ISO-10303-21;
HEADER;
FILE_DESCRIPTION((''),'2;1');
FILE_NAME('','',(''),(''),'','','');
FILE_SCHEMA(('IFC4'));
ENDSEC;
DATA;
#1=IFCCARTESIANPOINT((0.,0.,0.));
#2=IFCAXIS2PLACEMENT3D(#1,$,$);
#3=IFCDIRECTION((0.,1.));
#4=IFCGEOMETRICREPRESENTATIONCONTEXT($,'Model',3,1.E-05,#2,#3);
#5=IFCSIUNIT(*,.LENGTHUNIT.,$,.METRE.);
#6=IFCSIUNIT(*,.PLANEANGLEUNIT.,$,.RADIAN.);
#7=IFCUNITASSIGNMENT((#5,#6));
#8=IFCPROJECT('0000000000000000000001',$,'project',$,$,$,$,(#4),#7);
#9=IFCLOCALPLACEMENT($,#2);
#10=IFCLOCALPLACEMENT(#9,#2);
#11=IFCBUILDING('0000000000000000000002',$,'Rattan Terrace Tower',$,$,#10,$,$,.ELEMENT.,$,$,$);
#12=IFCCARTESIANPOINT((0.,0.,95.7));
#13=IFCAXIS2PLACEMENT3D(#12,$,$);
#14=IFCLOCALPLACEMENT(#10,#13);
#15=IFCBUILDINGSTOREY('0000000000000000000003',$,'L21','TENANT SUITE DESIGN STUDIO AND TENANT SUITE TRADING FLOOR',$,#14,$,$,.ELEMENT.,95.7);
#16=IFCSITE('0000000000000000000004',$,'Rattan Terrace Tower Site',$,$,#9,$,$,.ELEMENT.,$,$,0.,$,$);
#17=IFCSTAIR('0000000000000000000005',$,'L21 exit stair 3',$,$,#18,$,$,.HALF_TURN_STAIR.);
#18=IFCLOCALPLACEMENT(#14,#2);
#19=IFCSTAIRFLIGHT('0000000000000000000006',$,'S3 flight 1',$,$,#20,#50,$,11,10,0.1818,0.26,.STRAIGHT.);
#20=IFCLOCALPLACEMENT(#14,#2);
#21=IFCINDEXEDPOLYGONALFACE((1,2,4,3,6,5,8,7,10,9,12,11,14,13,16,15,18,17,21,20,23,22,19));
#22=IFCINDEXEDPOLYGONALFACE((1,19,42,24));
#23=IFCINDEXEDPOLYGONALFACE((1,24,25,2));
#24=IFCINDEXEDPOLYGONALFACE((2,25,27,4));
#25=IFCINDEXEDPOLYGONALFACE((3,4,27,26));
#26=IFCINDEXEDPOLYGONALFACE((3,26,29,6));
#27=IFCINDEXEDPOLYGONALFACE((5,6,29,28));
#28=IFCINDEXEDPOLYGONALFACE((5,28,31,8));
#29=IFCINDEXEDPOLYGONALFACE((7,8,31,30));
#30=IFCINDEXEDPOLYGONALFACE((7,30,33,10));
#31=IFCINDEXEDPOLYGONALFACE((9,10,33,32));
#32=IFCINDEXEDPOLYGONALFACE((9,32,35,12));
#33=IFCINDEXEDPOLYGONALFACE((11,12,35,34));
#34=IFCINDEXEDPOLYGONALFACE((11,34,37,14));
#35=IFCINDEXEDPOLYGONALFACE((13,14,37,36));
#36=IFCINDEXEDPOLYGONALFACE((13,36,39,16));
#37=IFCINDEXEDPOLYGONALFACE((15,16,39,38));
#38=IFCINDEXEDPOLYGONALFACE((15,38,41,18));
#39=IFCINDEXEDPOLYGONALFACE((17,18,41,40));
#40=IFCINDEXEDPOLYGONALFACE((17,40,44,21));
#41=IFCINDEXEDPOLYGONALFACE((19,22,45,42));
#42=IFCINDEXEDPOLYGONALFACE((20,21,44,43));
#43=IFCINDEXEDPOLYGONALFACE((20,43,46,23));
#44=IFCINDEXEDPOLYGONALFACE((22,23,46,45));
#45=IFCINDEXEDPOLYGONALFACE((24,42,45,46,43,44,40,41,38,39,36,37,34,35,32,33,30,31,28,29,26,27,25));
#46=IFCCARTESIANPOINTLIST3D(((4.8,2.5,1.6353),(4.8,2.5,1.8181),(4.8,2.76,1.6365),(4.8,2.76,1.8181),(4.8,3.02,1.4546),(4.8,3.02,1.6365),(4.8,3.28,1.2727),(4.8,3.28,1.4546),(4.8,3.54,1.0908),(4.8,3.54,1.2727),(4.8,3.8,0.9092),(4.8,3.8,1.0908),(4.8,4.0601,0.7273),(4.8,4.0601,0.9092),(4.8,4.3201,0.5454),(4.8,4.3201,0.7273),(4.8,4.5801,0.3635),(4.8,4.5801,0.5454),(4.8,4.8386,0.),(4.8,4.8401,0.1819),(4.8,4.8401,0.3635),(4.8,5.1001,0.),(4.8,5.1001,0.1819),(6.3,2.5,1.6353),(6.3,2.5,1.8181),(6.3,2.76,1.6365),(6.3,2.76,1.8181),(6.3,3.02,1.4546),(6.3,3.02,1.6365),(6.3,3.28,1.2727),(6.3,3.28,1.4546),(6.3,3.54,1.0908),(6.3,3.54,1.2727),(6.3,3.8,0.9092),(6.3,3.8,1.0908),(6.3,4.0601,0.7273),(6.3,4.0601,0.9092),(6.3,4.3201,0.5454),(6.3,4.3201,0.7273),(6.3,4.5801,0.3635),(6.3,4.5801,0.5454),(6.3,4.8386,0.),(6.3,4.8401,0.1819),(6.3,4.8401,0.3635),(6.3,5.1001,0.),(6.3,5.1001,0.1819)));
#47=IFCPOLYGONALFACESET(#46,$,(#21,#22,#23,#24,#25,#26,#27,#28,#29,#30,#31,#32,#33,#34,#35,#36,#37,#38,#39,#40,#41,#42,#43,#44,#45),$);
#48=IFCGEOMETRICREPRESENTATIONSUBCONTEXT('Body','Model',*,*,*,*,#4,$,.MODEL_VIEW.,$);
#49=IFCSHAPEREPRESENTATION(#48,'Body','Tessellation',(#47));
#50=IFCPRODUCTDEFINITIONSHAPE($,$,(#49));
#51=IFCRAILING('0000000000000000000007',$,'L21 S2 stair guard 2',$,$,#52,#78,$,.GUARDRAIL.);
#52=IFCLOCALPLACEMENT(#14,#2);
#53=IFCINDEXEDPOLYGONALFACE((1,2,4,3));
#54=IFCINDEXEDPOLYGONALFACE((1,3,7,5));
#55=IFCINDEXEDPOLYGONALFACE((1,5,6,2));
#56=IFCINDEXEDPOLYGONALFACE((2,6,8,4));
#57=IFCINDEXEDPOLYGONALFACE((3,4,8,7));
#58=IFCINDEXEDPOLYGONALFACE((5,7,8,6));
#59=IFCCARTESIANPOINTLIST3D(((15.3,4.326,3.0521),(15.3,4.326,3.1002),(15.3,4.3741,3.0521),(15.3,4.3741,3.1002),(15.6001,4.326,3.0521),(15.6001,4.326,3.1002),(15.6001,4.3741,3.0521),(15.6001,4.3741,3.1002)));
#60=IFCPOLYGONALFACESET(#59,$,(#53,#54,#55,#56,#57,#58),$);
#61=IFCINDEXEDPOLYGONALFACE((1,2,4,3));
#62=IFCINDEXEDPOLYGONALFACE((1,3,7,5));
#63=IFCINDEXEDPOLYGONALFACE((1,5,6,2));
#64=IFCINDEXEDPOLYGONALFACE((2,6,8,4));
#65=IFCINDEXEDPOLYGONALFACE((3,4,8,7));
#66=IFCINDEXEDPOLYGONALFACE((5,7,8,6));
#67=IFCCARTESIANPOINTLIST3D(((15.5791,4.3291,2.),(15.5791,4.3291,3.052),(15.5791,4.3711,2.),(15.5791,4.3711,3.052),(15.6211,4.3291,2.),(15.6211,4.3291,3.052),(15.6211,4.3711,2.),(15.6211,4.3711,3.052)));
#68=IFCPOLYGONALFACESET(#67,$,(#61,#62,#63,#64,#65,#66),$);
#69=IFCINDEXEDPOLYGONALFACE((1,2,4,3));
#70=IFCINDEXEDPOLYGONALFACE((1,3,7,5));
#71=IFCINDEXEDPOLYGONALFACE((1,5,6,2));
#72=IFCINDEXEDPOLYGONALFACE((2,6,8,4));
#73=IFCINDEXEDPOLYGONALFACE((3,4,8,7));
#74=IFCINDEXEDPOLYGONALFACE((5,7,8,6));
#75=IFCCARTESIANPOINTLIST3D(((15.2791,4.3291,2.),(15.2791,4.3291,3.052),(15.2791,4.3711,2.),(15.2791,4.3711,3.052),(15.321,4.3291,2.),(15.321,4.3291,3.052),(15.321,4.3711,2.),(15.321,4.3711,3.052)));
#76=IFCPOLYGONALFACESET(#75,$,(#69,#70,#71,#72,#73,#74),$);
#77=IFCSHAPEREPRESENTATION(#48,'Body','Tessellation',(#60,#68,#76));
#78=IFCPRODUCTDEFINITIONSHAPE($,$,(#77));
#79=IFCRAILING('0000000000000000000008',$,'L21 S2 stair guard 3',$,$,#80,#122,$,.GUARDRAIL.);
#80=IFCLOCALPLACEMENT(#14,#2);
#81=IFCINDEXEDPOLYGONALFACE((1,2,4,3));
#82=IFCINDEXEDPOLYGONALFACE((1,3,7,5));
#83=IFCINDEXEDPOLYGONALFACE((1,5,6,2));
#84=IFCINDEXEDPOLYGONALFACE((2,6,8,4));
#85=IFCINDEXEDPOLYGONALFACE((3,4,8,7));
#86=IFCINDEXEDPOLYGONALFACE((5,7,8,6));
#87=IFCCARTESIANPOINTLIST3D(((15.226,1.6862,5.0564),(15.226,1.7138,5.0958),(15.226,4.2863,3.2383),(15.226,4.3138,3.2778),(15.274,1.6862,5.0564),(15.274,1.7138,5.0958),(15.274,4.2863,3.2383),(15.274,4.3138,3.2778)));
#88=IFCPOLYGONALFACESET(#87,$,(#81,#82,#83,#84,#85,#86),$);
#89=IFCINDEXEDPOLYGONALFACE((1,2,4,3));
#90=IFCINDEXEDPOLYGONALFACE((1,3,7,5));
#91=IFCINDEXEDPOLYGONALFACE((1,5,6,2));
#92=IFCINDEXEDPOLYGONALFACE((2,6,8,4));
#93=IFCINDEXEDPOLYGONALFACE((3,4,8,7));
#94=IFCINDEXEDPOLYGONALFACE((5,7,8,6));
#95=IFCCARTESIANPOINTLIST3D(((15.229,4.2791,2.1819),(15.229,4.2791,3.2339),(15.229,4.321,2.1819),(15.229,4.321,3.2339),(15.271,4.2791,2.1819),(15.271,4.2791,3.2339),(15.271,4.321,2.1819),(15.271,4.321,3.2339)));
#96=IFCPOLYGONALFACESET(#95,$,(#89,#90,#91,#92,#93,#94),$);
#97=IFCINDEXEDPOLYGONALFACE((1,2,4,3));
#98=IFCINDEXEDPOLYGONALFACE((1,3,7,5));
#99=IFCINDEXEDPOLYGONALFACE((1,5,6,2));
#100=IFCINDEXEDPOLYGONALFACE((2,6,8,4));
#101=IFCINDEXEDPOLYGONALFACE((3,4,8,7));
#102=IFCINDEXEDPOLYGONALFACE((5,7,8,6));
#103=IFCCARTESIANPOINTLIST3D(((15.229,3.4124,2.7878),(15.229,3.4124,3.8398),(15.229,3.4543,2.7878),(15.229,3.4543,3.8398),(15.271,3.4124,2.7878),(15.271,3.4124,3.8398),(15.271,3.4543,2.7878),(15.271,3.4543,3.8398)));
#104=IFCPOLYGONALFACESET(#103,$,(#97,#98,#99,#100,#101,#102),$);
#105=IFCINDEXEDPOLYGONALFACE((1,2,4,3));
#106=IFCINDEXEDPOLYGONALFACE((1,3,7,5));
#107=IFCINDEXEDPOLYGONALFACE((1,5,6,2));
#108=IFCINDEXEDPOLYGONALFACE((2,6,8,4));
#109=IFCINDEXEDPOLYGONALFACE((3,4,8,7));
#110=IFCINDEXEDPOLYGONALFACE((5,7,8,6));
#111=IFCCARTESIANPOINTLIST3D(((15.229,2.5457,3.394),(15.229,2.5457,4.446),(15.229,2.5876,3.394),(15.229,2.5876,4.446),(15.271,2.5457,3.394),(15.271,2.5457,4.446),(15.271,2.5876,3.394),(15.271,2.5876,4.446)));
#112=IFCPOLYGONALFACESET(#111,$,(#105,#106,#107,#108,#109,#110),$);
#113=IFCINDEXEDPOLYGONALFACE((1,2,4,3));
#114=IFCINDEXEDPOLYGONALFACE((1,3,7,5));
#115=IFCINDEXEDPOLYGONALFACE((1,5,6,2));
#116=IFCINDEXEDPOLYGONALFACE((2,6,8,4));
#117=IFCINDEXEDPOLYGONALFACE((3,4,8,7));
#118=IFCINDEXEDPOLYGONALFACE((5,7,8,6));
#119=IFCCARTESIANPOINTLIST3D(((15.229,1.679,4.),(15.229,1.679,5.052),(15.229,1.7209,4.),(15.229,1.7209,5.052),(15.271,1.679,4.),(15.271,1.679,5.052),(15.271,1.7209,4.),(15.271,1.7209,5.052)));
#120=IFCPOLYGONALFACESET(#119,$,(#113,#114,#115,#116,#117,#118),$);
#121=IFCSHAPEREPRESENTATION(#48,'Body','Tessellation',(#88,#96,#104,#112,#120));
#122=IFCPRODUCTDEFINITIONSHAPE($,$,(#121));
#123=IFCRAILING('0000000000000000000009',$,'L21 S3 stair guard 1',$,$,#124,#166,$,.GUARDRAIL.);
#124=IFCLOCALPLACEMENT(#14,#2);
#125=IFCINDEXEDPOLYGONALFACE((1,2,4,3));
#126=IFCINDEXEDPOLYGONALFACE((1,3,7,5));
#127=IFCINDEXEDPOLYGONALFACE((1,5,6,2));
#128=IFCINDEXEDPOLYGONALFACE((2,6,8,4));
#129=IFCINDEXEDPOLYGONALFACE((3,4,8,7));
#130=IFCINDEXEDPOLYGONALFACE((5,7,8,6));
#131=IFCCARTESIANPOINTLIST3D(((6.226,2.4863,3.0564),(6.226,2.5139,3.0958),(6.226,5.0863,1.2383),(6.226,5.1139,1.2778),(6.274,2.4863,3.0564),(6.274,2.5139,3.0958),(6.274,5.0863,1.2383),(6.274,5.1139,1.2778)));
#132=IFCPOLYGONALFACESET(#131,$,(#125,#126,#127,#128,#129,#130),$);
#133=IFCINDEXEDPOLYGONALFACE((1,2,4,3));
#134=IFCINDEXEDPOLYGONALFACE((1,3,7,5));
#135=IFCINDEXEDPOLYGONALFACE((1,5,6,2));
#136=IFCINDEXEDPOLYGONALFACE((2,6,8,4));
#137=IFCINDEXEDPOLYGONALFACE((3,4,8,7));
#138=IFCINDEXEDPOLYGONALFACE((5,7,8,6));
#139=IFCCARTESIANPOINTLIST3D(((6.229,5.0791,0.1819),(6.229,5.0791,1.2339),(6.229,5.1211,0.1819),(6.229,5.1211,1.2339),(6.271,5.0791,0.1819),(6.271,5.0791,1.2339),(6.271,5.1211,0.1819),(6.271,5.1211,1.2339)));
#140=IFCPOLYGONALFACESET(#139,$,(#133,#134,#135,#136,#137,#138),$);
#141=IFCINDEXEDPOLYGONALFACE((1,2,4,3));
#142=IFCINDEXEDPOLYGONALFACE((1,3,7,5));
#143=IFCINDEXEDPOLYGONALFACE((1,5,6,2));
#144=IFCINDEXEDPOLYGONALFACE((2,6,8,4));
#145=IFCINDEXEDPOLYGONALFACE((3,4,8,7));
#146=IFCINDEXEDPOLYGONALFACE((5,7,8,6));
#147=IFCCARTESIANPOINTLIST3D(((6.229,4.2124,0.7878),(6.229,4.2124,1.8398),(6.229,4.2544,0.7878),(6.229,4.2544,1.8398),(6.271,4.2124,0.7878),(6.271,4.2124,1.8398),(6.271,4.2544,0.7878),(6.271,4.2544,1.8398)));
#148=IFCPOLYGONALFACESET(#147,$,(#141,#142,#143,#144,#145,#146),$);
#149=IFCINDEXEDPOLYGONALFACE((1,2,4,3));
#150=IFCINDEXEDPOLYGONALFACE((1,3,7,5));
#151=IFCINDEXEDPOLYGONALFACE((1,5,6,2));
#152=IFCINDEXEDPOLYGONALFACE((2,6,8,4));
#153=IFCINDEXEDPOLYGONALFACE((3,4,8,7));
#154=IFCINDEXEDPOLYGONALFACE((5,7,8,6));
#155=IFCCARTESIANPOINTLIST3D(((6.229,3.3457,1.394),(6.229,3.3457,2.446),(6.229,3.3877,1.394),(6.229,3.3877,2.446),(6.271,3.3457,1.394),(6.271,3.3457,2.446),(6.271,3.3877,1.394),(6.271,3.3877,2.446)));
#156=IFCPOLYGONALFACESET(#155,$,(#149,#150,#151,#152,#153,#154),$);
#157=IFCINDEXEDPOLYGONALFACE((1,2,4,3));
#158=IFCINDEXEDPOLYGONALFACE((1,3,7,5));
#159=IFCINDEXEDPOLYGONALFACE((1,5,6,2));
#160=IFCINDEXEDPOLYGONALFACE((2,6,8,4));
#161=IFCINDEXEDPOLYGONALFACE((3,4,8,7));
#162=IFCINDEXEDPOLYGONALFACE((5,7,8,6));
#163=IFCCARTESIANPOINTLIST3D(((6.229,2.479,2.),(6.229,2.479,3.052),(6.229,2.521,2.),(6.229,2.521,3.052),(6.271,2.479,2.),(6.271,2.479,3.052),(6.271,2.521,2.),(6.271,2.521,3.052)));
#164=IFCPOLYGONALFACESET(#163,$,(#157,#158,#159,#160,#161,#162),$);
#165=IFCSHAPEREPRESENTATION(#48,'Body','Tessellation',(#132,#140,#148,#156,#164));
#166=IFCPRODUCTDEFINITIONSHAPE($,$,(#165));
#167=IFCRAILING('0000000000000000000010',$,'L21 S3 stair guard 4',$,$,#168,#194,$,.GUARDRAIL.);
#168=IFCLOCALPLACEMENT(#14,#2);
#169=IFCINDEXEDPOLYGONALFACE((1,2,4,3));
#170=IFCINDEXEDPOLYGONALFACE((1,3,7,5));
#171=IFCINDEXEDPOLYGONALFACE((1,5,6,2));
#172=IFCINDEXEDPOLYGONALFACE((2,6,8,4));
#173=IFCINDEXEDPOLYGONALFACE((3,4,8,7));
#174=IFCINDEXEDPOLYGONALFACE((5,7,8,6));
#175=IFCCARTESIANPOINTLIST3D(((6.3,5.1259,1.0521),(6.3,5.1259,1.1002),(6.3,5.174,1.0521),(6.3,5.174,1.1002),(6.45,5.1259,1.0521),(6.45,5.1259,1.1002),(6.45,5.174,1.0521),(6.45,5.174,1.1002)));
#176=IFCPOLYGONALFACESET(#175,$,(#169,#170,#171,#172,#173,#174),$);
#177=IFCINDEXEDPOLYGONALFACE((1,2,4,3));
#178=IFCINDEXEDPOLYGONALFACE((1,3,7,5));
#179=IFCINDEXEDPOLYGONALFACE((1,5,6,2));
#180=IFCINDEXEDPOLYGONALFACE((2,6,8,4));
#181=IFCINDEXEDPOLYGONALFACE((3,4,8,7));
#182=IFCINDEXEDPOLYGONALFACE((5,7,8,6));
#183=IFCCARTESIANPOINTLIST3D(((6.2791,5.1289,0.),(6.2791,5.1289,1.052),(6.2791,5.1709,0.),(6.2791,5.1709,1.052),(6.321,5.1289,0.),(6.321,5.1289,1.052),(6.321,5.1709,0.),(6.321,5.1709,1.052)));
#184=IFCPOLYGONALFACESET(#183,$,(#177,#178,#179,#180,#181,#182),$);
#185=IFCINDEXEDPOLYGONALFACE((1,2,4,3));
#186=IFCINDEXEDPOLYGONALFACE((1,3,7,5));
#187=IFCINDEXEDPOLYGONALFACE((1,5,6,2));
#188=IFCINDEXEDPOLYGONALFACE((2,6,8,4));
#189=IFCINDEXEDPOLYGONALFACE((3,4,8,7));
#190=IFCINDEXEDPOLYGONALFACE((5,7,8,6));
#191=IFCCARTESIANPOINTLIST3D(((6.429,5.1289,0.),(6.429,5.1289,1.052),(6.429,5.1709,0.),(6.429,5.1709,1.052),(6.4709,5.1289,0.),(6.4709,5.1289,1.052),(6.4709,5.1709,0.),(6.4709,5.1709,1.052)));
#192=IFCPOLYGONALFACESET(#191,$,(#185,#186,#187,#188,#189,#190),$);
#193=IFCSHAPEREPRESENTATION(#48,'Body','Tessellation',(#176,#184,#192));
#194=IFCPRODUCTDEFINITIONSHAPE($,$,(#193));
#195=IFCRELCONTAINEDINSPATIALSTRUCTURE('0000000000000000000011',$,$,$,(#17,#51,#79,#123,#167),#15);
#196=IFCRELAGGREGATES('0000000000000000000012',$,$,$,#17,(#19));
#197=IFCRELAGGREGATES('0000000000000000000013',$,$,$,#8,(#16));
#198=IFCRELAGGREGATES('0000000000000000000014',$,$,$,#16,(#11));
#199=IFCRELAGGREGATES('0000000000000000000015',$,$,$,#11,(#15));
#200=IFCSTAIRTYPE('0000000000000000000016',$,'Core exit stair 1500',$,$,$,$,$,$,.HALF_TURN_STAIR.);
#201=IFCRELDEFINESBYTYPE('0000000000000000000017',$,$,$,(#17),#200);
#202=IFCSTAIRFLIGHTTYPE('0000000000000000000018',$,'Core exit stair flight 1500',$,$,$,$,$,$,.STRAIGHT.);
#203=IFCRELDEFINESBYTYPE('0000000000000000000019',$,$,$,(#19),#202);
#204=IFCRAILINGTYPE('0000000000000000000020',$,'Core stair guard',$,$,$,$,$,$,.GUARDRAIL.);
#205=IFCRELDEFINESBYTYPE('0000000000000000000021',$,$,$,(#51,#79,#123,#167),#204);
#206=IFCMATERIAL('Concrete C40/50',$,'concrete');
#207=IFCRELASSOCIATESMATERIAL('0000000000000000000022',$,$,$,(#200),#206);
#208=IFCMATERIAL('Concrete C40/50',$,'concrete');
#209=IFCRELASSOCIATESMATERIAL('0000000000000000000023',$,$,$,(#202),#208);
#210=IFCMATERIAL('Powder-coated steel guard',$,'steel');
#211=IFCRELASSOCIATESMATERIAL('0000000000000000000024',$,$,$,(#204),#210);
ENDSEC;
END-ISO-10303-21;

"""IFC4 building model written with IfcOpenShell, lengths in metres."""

from ifc_helpers import new_model, si_unit, direction, frame, origin, origin_2d, place, context, subcontext, project, spatial, polyline, rectangle, outline, extrude, material, type_object, element, aggregate, save


model = new_model("IFC4")

# Units and contexts
model_context = context("Model", 3, precision=1e-05, world=origin(), true_north=direction((0.0, 1.0)))
body_context = subcontext(model_context, "Body", "Model", "MODEL_VIEW")
ifc_project = project(units=[si_unit("LENGTHUNIT", "METRE"), si_unit("PLANEANGLEUNIT", "RADIAN")], contexts=[model_context])

# Site, building, storey
site_placement = place(None, origin())
site = spatial("IfcSite", under=ifc_project, at=site_placement, Name="Rattan Terrace Tower Site", CompositionType="ELEMENT", RefElevation=0.0)
building_placement = place(site_placement, origin())
building = spatial("IfcBuilding", under=site, at=building_placement, Name="Rattan Terrace Tower", CompositionType="ELEMENT")
storey_placement = place(building_placement, frame((0.0, 0.0, 95.7)))
storey = spatial("IfcBuildingStorey", under=building, at=storey_placement, Name="L21", Description="TENANT SUITE DESIGN STUDIO AND TENANT SUITE TRADING FLOOR", CompositionType="ELEMENT", Elevation=95.7)

# Stair, stair flight
ifc_material_1 = material(Name="Concrete C40/50", Category="concrete")
stair_type = type_object("IfcStairType", Name="Core exit stair 1500", PredefinedType="HALF_TURN_STAIR", material=ifc_material_1)
stair_placement = place(storey_placement, origin())
stair = element("IfcStair", 1, at=stair_placement, inside=storey, type_object=stair_type, Name="L21 exit stair 3", PredefinedType="HALF_TURN_STAIR")
ifc_material_2 = material(Name="Concrete C40/50", Category="concrete")
stair_flight_type = type_object("IfcStairFlightType", Name="Core exit stair flight 1500", PredefinedType="STRAIGHT", material=ifc_material_2)
stair_flight_placement = place(storey_placement, frame((5.55, 5.1001, 0.0), z_axis=(0.0, 0.0, 1.0), x_axis=(0.0, -1.0, 0.0)))
stair_flight = element("IfcStairFlight", 2, at=stair_flight_placement, type_object=stair_flight_type, Name="S3 flight 1", NumberOfRisers=11, NumberOfTreads=10, PredefinedType="STRAIGHT", RiserHeight=0.1818, TreadLength=0.26, context=body_context, shape_type="SweptSolid", body=[
    extrude(outline(polyline([(0.0, 0.0), (0.0, 0.1819), (0.26, 0.1819), (0.26, 0.3635), (0.52, 0.3635), (0.52, 0.5454), (0.78, 0.5454), (0.78, 0.7273), (1.04, 0.7273), (1.04, 0.9092), (1.3, 0.9092), (1.3, 1.0908), (1.5601, 1.0908), (1.5601, 1.2727), (1.8201, 1.2727), (1.8201, 1.4546), (2.0801, 1.4546), (2.0801, 1.6365), (2.3401, 1.6365), (2.3401, 1.8181), (2.6001, 1.8181), (2.6001, 2.0), (2.6001, 1.6353), (0.2615, 0.0), (0.0, 0.0)])), frame((0.0, 0.75, 0.0), z_axis=(0.0, -1.0, 0.0), x_axis=(1.0, 0.0, 0.0)), (0.0, 0.0, 1.0), 1.5),
])
aggregate(stair, [stair_flight])

# Railings
ifc_material_3 = material(Name="Powder-coated steel guard", Category="steel")
railing_type_1 = type_object("IfcRailingType", Name="Core stair guard", PredefinedType="GUARDRAIL", material=ifc_material_3)
railing_1_placement = place(storey_placement, frame((15.6001, 4.3501, 2.0)))
element("IfcRailing", 3, at=railing_1_placement, inside=storey, type_object=railing_type_1, Name="L21 S2 stair guard 2", PredefinedType="GUARDRAIL", context=body_context, shape_type="SweptSolid", body=[
    extrude(rectangle(XDim=0.0481, YDim=0.0481, at=origin_2d()), frame((0.0, 0.0, 1.0762), z_axis=(-1.0, 0.0, 0.0), x_axis=(0.0, -1.0, 0.0)), (0.0, 0.0, 1.0), 0.3),
    extrude(rectangle(XDim=0.042, YDim=0.042, at=origin_2d()), origin(), (0.0, 0.0, 1.0), 1.052),
    extrude(rectangle(XDim=0.042, YDim=0.042, at=origin_2d()), frame((-0.3, 0.0, 0.0)), (0.0, 0.0, 1.0), 1.052),
])
for number, where, name in (
    (4, (15.25, 4.3, 2.1819), "L21 S2 stair guard 3"),
    (5, (6.25, 5.1001, 0.1819), "L21 S3 stair guard 1"),
):
    element("IfcRailing", number, at=place(storey_placement, frame(where)), inside=storey, type_object=railing_type_1, Name=name, PredefinedType="GUARDRAIL", context=body_context, shape_type="SweptSolid", body=[
        extrude(rectangle(XDim=0.0481, YDim=0.0481, at=origin_2d()), frame((0.0, 0.0, 1.0762), z_axis=(0.0, -0.819521, 0.573049), x_axis=(1.0, 0.0, 0.0)), (0.0, 0.0, 1.0), 3.1726),
        extrude(rectangle(XDim=0.042, YDim=0.042, at=origin_2d()), origin(), (0.0, 0.0, 1.0), 1.052),
        extrude(rectangle(XDim=0.042, YDim=0.042, at=origin_2d()), frame((0.0, -0.8667, 0.606)), (0.0, 0.0, 1.0), 1.052),
        extrude(rectangle(XDim=0.042, YDim=0.042, at=origin_2d()), frame((0.0, -1.7334, 1.2122)), (0.0, 0.0, 1.0), 1.052),
        extrude(rectangle(XDim=0.042, YDim=0.042, at=origin_2d()), frame((0.0, -2.6001, 1.8181)), (0.0, 0.0, 1.0), 1.052),
    ])
railing_2_placement = place(storey_placement, frame((6.3, 5.1499, 0.0)))
element("IfcRailing", 6, at=railing_2_placement, inside=storey, type_object=railing_type_1, Name="L21 S3 stair guard 4", PredefinedType="GUARDRAIL", context=body_context, shape_type="SweptSolid", body=[
    extrude(rectangle(XDim=0.0481, YDim=0.0481, at=origin_2d()), frame((0.0, 0.0, 1.0762), z_axis=(1.0, 0.0, 0.0), x_axis=(0.0, 1.0, 0.0)), (0.0, 0.0, 1.0), 0.1499),
    extrude(rectangle(XDim=0.042, YDim=0.042, at=origin_2d()), origin(), (0.0, 0.0, 1.0), 1.052),
    extrude(rectangle(XDim=0.042, YDim=0.042, at=origin_2d()), frame((0.1499, 0.0, 0.0)), (0.0, 0.0, 1.0), 1.052),
])

save(model, "model.ifc")
